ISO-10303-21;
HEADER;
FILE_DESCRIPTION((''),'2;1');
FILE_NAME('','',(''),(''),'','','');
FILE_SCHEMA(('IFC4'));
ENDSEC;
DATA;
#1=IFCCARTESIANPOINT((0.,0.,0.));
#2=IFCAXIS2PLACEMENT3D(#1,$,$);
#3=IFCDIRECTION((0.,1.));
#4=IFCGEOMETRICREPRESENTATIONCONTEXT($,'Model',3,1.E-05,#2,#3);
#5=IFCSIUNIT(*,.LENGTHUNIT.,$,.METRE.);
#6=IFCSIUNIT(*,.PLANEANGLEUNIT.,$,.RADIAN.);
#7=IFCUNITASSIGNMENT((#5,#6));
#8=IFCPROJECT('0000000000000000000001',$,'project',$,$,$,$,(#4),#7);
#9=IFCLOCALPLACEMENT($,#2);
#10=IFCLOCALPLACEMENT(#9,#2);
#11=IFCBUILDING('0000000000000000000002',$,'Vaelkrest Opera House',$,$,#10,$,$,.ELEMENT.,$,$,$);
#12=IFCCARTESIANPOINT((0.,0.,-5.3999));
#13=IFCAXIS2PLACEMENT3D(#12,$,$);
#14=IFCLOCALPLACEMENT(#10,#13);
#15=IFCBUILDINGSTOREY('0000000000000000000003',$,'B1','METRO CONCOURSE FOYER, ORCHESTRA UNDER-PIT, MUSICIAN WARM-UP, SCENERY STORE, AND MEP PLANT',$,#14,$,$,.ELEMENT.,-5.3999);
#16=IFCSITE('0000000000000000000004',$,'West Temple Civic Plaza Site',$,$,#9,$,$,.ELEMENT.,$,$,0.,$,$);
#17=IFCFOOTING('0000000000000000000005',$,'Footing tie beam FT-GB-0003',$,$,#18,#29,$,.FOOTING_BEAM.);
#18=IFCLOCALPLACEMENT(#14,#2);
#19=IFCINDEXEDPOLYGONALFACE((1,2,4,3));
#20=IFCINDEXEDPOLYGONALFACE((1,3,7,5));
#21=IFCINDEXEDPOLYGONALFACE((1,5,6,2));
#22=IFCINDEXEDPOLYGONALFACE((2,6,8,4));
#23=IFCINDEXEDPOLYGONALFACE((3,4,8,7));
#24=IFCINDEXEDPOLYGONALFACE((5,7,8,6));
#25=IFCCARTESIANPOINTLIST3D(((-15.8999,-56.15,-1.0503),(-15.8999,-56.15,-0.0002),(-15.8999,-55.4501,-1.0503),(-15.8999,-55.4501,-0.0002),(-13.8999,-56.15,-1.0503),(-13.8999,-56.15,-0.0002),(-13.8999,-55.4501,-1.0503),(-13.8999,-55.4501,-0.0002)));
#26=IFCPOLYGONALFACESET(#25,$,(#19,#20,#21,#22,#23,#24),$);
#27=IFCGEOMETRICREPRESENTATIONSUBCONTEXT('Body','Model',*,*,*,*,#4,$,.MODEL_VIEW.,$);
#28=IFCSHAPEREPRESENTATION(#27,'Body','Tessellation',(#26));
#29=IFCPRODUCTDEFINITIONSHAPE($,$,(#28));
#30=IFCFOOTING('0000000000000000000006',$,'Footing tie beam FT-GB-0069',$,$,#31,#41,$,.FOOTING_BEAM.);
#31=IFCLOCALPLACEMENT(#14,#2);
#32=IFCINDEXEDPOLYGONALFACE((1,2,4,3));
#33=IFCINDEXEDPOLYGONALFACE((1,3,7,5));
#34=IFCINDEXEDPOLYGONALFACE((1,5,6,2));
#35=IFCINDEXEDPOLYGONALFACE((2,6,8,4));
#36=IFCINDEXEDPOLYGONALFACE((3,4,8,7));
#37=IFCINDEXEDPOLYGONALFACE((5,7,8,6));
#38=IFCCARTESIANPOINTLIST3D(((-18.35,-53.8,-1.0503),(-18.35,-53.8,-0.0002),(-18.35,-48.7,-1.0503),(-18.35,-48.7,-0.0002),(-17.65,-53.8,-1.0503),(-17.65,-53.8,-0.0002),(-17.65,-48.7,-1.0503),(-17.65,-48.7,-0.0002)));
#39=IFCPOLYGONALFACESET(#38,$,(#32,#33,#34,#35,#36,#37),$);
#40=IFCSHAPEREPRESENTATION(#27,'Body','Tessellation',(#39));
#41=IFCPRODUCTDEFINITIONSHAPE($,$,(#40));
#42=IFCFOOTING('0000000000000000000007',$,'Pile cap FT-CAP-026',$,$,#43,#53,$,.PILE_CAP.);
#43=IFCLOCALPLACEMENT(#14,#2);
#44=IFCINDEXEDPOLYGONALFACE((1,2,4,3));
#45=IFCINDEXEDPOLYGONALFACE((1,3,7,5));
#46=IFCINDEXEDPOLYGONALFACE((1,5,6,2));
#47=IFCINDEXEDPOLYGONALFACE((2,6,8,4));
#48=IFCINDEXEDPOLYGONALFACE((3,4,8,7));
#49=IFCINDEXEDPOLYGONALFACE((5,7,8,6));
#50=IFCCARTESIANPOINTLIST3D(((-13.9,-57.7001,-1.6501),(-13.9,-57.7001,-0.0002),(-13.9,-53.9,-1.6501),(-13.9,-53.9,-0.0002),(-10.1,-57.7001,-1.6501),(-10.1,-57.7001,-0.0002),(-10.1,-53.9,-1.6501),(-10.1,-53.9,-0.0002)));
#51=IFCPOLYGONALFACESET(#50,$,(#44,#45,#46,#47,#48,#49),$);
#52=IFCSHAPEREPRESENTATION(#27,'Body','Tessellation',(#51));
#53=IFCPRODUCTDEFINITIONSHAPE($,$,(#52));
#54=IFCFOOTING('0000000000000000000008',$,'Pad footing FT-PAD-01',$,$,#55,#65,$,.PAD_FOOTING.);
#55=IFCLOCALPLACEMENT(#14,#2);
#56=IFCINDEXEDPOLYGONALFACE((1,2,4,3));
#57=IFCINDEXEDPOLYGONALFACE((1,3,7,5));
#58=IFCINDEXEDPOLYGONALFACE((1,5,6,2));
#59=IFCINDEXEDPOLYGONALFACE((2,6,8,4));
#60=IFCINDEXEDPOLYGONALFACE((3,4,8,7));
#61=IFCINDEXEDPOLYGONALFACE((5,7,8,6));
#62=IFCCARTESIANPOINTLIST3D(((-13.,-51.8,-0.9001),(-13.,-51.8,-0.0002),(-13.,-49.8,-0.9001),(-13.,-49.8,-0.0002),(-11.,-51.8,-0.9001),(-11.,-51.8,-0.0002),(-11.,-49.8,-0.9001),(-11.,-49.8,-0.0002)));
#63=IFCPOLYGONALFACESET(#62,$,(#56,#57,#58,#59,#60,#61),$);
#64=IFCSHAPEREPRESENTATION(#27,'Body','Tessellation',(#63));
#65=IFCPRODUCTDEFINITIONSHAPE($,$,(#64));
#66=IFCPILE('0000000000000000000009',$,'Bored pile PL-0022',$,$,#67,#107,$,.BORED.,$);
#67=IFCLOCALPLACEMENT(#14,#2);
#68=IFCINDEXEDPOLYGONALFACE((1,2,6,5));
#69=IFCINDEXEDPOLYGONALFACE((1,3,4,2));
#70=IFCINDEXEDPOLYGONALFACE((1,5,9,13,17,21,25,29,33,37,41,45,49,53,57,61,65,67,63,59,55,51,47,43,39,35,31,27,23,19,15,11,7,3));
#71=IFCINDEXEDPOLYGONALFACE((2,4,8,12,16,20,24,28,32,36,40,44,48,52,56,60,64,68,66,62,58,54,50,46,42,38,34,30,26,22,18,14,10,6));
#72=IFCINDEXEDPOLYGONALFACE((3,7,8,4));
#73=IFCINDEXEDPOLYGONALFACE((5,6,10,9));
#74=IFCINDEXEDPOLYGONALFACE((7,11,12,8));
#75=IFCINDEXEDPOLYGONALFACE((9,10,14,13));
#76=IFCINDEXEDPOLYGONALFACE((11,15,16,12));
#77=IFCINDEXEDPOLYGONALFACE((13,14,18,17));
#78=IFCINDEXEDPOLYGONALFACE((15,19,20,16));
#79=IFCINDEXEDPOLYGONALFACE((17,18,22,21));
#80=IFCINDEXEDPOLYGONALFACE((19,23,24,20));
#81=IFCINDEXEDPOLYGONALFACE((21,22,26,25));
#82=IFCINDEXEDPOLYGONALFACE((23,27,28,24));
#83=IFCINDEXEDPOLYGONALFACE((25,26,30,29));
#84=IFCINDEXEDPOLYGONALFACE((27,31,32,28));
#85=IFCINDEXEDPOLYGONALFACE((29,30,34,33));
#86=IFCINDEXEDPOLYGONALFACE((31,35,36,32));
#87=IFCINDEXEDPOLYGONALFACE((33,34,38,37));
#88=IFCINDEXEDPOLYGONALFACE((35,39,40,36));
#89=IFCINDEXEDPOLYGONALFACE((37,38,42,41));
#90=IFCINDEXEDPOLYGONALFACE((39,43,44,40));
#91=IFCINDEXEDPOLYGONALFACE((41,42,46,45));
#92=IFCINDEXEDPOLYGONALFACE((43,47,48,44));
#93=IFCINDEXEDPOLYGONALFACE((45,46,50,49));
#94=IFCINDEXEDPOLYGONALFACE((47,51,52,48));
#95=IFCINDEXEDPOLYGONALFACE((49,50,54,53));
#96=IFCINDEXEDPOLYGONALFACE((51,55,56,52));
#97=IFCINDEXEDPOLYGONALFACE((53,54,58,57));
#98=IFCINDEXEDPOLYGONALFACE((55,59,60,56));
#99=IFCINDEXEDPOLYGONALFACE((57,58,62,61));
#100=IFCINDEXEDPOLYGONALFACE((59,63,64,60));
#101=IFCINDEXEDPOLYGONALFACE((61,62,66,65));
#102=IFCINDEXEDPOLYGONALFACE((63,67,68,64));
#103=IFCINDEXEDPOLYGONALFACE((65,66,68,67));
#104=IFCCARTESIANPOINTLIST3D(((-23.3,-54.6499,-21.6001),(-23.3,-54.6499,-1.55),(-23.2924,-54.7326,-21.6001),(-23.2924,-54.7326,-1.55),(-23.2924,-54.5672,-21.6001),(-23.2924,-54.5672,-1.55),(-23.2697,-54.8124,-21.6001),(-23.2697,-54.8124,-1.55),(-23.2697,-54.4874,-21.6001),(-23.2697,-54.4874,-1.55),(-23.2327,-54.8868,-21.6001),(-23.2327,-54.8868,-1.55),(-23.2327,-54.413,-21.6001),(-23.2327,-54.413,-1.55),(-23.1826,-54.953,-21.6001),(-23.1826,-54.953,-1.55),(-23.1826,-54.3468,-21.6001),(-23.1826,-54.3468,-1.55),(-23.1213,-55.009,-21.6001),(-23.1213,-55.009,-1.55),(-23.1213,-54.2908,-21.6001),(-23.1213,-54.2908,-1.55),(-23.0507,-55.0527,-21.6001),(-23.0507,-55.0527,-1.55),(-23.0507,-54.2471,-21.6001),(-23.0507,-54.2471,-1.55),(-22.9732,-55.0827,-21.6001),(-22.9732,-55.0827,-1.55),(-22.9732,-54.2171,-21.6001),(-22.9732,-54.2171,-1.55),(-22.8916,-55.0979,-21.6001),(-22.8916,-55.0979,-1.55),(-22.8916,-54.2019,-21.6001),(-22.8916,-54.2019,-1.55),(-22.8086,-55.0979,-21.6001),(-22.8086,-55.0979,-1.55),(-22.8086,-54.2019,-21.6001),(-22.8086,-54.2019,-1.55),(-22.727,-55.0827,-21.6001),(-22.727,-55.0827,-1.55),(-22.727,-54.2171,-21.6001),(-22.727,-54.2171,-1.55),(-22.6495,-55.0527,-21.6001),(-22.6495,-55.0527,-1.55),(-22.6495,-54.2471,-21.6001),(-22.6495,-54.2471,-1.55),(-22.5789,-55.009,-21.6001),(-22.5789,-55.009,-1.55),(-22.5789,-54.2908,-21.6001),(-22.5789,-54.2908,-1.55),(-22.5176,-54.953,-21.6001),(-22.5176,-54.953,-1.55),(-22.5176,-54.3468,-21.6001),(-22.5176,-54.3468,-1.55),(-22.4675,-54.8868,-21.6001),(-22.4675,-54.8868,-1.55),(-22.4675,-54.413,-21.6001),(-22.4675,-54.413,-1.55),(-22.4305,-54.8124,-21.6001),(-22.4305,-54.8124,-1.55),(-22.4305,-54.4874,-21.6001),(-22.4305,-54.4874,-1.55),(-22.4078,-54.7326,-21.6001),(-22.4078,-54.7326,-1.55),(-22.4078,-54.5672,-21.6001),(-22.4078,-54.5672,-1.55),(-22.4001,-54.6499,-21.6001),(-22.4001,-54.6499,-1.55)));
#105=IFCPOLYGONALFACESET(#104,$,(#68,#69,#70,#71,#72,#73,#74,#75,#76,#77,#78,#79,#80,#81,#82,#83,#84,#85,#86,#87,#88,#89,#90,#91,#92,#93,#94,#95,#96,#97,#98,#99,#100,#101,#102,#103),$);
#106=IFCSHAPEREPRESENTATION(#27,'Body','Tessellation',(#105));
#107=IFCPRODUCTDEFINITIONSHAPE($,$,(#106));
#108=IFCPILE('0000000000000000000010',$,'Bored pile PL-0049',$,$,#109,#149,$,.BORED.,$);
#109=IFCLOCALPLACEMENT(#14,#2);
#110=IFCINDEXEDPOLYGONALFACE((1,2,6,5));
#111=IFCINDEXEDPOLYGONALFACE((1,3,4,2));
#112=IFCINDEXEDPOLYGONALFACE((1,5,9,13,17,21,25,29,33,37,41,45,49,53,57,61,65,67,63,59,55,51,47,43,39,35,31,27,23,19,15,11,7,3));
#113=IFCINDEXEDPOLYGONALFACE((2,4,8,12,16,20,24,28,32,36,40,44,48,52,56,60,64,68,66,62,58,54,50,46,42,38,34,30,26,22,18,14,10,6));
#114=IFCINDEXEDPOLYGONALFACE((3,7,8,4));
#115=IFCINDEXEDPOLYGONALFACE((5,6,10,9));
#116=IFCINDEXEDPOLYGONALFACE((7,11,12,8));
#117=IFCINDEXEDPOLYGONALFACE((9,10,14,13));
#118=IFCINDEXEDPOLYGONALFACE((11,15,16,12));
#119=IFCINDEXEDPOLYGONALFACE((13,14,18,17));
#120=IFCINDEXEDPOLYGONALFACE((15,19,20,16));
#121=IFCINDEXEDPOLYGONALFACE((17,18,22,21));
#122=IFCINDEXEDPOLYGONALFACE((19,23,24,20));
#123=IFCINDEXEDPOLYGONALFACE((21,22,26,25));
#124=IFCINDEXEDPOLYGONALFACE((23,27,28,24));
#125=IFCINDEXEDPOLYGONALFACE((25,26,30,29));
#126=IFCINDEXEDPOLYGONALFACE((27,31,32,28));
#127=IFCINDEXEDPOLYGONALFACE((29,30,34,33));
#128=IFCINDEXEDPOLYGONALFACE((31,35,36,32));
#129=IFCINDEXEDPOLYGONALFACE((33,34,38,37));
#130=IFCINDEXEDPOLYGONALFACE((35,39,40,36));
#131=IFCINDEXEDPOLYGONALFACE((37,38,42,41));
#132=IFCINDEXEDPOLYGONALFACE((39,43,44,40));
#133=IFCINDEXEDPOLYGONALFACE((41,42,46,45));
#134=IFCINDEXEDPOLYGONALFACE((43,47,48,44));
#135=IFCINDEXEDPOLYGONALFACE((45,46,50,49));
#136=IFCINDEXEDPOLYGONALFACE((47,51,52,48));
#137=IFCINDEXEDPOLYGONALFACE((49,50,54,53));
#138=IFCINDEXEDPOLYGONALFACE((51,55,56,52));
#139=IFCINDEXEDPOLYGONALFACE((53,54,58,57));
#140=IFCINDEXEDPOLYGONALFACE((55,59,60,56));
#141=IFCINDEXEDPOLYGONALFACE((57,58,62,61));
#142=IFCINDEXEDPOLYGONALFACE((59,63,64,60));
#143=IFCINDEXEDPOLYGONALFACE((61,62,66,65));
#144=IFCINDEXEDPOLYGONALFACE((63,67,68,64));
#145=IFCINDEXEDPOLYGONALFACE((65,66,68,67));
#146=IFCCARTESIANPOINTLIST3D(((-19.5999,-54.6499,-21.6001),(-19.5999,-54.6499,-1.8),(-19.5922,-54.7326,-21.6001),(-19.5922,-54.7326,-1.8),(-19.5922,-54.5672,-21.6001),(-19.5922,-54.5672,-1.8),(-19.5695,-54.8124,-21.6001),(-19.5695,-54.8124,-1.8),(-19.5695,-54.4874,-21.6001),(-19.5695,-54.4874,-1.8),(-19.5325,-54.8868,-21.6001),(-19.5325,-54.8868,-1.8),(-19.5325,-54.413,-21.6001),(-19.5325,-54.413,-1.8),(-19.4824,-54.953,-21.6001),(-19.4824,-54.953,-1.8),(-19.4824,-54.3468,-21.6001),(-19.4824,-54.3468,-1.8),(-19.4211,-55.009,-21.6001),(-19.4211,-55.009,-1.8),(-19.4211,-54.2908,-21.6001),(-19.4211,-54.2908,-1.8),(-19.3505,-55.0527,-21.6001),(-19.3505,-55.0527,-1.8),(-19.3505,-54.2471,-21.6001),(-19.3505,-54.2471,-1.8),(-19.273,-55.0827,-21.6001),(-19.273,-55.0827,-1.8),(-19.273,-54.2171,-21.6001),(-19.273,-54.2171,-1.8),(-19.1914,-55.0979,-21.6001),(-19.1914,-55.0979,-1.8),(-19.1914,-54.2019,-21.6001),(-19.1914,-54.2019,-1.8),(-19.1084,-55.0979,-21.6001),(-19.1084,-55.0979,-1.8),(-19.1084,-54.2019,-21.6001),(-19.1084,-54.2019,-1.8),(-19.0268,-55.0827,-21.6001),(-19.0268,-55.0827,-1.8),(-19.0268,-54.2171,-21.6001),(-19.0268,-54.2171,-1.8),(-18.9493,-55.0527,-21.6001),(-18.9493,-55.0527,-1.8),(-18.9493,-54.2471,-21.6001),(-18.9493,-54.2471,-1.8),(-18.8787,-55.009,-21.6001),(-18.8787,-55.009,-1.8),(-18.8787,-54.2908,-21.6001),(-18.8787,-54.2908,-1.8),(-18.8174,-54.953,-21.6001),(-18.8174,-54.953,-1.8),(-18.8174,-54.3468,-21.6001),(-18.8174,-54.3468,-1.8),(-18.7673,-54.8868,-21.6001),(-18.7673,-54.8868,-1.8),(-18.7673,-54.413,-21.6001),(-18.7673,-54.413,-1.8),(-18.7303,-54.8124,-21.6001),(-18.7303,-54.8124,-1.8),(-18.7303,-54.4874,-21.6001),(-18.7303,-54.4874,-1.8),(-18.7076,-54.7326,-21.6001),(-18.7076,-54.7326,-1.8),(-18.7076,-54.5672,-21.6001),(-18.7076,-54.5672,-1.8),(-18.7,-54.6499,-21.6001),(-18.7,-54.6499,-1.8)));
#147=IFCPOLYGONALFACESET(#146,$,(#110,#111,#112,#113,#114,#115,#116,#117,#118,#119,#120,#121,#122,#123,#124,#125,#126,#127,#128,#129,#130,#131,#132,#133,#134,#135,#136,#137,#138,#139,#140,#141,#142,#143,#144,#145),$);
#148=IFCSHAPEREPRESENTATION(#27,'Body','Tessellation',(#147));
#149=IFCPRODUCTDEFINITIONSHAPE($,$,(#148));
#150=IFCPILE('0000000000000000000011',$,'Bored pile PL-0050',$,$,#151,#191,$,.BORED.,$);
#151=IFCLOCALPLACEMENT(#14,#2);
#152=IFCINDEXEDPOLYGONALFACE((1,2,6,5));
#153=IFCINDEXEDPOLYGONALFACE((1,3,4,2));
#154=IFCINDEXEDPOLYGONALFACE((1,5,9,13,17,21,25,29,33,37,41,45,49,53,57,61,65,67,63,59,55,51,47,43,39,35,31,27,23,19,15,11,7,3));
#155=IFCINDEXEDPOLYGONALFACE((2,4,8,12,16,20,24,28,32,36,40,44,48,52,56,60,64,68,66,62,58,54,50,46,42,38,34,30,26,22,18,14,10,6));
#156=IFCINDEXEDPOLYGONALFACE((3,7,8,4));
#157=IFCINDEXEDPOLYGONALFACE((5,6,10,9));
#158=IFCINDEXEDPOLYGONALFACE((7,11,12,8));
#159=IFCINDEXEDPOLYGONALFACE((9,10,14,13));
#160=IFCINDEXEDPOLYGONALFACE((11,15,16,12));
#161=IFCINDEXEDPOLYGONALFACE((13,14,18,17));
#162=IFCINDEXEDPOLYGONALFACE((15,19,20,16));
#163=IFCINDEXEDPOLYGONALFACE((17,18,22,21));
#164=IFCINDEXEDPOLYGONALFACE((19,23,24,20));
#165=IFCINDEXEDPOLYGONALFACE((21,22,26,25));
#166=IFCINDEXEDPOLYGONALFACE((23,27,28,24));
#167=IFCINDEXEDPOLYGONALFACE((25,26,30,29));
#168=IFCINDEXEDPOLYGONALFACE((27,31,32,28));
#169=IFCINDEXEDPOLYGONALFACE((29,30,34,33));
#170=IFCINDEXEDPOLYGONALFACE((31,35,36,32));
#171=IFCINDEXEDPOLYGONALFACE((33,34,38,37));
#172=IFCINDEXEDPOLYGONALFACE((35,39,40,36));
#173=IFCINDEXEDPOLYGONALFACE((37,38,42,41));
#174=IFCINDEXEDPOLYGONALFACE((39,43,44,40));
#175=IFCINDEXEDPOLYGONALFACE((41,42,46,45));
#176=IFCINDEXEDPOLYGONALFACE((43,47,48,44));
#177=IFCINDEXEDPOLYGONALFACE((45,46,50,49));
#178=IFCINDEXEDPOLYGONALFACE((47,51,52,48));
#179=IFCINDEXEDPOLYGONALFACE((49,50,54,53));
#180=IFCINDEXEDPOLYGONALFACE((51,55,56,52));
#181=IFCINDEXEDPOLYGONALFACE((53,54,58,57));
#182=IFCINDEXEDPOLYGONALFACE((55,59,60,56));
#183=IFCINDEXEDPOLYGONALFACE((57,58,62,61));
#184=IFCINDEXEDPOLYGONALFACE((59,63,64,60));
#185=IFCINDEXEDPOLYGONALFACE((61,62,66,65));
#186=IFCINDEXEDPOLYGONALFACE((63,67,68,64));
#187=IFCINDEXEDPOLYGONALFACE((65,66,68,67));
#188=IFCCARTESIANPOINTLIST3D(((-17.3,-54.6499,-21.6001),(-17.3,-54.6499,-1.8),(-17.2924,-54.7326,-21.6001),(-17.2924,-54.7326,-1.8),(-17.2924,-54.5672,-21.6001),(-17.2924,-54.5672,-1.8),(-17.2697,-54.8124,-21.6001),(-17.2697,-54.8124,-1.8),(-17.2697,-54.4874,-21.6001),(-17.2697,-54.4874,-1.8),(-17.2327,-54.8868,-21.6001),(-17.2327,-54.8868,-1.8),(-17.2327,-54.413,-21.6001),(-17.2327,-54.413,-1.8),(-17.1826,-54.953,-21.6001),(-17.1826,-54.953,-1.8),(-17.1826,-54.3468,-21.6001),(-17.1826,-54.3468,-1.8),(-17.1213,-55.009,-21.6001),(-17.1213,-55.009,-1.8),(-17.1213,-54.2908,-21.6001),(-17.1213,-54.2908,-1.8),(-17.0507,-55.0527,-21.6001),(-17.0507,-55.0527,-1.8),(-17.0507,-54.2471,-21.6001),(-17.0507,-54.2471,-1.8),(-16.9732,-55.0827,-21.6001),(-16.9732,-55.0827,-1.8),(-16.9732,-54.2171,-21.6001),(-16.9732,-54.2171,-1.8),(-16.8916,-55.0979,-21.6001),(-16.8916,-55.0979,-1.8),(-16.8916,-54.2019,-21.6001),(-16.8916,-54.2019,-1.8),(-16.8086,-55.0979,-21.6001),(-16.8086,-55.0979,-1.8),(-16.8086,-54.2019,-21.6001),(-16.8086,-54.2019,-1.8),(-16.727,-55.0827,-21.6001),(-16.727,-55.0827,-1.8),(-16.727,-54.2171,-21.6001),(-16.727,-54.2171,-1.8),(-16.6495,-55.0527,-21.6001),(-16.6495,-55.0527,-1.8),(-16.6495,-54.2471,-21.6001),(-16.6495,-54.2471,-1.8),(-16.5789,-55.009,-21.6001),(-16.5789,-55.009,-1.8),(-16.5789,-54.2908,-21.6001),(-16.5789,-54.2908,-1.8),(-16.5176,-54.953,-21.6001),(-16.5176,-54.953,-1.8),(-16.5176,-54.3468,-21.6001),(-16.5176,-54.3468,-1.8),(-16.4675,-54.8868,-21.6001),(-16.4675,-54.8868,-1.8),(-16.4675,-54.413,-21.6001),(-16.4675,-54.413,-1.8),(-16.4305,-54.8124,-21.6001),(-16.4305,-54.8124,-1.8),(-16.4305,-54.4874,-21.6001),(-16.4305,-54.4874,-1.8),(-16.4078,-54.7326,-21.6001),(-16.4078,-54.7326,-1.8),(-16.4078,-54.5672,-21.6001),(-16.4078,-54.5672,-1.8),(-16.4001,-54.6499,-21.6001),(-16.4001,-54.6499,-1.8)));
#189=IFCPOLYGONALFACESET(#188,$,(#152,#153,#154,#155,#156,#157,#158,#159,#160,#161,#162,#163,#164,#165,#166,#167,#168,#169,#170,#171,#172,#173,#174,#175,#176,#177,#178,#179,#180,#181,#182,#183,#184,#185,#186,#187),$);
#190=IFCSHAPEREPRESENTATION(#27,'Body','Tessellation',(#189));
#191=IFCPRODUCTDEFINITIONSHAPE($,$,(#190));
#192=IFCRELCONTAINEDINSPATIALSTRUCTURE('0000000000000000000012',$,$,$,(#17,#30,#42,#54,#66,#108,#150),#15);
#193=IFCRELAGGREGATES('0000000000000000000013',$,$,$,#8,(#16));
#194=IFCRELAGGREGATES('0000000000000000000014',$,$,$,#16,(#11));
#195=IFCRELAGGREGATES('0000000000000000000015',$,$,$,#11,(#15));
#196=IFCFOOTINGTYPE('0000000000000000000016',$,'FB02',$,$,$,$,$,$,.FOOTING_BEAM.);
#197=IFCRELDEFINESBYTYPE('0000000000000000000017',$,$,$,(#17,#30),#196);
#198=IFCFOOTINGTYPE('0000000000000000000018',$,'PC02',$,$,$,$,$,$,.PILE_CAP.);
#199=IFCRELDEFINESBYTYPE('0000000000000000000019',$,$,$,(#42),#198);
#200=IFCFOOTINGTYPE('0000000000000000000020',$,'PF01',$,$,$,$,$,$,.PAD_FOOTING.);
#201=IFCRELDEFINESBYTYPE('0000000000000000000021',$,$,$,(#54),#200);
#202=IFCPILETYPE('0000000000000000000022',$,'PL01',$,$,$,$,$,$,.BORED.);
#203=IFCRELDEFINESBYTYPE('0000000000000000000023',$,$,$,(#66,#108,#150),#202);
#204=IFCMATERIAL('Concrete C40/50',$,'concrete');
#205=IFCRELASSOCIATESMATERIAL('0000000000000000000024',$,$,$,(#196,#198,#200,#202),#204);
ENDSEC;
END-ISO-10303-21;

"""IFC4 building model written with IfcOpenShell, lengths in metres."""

from ifc_helpers import new_model, si_unit, direction, frame, origin, origin_2d, place, context, subcontext, project, spatial, rectangle, circle, extrude, material, material_profile, profile_set, type_object, element, save


model = new_model("IFC4")

# Units and contexts
model_context = context("Model", 3, precision=1e-05, world=origin(), true_north=direction((0.0, 1.0)))
body_context = subcontext(model_context, "Body", "Model", "MODEL_VIEW")
ifc_project = project(units=[si_unit("LENGTHUNIT", "METRE"), si_unit("PLANEANGLEUNIT", "RADIAN")], contexts=[model_context])

# Site, building, storey
site_placement = place(None, origin())
site = spatial("IfcSite", under=ifc_project, at=site_placement, Name="West Temple Civic Plaza Site", CompositionType="ELEMENT", RefElevation=0.0)
building_placement = place(site_placement, origin())
building = spatial("IfcBuilding", under=site, at=building_placement, Name="Vaelkrest Opera House", CompositionType="ELEMENT")
storey_placement = place(building_placement, frame((0.0, 0.0, -5.3999)))
storey = spatial("IfcBuildingStorey", under=building, at=storey_placement, Name="B1", Description="METRO CONCOURSE FOYER, ORCHESTRA UNDER-PIT, MUSICIAN WARM-UP, SCENERY STORE, AND MEP PLANT", CompositionType="ELEMENT", Elevation=-5.3999)

# Footings
ifc_material_1 = material(Name="Concrete C40/50", Category="concrete")
footing_type_1 = type_object("IfcFootingType", Name="FB02", PredefinedType="FOOTING_BEAM", material=ifc_material_1)
footing_1_placement = place(storey_placement, frame((-14.8999, -55.8, -1.0503), z_axis=(0.0, 0.0, 1.0), x_axis=(1.0, 0.0, 0.0)))
element("IfcFooting", 1, at=footing_1_placement, inside=storey, type_object=footing_type_1, Name="Footing tie beam FT-GB-0003", PredefinedType="FOOTING_BEAM", context=body_context, shape_type="SweptSolid", body=[
    extrude(rectangle(XDim=2.0, YDim=0.7, at=origin_2d()), origin(), (0.0, 0.0, 1.0), 1.05),
])
footing_2_placement = place(storey_placement, frame((-18.0, -51.25, -1.0503), z_axis=(0.0, 0.0, 1.0), x_axis=(0.0, 1.0, 0.0)))
element("IfcFooting", 2, at=footing_2_placement, inside=storey, type_object=footing_type_1, Name="Footing tie beam FT-GB-0069", PredefinedType="FOOTING_BEAM", context=body_context, shape_type="SweptSolid", body=[
    extrude(rectangle(XDim=5.1001, YDim=0.7, at=origin_2d()), origin(), (0.0, 0.0, 1.0), 1.05),
])
footing_type_2 = type_object("IfcFootingType", Name="PC02", PredefinedType="PILE_CAP", material=ifc_material_1)
footing_3_placement = place(storey_placement, frame((-12.0, -55.8, -1.6501), z_axis=(0.0, 0.0, 1.0), x_axis=(1.0, 0.0, 0.0)))
element("IfcFooting", 3, at=footing_3_placement, inside=storey, type_object=footing_type_2, Name="Pile cap FT-CAP-026", PredefinedType="PILE_CAP", context=body_context, shape_type="SweptSolid", body=[
    extrude(rectangle(XDim=3.8, YDim=3.8, at=origin_2d()), origin(), (0.0, 0.0, 1.0), 1.6499),
])
footing_type_3 = type_object("IfcFootingType", Name="PF01", PredefinedType="PAD_FOOTING", material=ifc_material_1)
footing_4_placement = place(storey_placement, frame((-12.0, -50.8, -0.9001), z_axis=(0.0, 0.0, 1.0), x_axis=(1.0, 0.0, 0.0)))
element("IfcFooting", 4, at=footing_4_placement, inside=storey, type_object=footing_type_3, Name="Pad footing FT-PAD-01", PredefinedType="PAD_FOOTING", context=body_context, shape_type="SweptSolid", body=[
    extrude(rectangle(XDim=2.0, YDim=2.0, at=origin_2d()), origin(), (0.0, 0.0, 1.0), 0.8999),
])

# Piles
ifc_material_profile_1 = material_profile(ifc_material_1, circle(Radius=0.45, at=origin_2d()), Name="PILE900")
ifc_profile_set_1 = profile_set([ifc_material_profile_1], Name="Concrete C40/50")
pile_type = type_object("IfcPileType", Name="PL01", PredefinedType="BORED", material=ifc_profile_set_1)
pile_1_placement = place(storey_placement, frame((-22.8501, -54.6499, -1.55), z_axis=(0.0, 0.0, -1.0), x_axis=(1.0, 0.0, 0.0)))
element("IfcPile", 5, at=pile_1_placement, inside=storey, type_object=pile_type, Name="Bored pile PL-0022", PredefinedType="BORED", context=body_context, shape_type="SweptSolid", body=[
    extrude(circle(Radius=0.45, at=origin_2d()), origin(), (0.0, 0.0, 1.0), 20.05),
])
for number, where, z_axis, x_axis, name in (
    (6, (-19.1499, -54.6499, -1.8), (0.0, 0.0, -1.0), (1.0, 0.0, 0.0), "Bored pile PL-0049"),
    (7, (-16.8501, -54.6499, -1.8), (0.0, 0.0, -1.0), (1.0, 0.0, 0.0), "Bored pile PL-0050"),
):
    element("IfcPile", number, at=place(storey_placement, frame(where, z_axis=z_axis, x_axis=x_axis)), inside=storey, type_object=pile_type, Name=name, PredefinedType="BORED", context=body_context, shape_type="SweptSolid", body=[
        extrude(circle(Radius=0.45, at=origin_2d()), origin(), (0.0, 0.0, 1.0), 19.8),
    ])

save(model, "model.ifc")
